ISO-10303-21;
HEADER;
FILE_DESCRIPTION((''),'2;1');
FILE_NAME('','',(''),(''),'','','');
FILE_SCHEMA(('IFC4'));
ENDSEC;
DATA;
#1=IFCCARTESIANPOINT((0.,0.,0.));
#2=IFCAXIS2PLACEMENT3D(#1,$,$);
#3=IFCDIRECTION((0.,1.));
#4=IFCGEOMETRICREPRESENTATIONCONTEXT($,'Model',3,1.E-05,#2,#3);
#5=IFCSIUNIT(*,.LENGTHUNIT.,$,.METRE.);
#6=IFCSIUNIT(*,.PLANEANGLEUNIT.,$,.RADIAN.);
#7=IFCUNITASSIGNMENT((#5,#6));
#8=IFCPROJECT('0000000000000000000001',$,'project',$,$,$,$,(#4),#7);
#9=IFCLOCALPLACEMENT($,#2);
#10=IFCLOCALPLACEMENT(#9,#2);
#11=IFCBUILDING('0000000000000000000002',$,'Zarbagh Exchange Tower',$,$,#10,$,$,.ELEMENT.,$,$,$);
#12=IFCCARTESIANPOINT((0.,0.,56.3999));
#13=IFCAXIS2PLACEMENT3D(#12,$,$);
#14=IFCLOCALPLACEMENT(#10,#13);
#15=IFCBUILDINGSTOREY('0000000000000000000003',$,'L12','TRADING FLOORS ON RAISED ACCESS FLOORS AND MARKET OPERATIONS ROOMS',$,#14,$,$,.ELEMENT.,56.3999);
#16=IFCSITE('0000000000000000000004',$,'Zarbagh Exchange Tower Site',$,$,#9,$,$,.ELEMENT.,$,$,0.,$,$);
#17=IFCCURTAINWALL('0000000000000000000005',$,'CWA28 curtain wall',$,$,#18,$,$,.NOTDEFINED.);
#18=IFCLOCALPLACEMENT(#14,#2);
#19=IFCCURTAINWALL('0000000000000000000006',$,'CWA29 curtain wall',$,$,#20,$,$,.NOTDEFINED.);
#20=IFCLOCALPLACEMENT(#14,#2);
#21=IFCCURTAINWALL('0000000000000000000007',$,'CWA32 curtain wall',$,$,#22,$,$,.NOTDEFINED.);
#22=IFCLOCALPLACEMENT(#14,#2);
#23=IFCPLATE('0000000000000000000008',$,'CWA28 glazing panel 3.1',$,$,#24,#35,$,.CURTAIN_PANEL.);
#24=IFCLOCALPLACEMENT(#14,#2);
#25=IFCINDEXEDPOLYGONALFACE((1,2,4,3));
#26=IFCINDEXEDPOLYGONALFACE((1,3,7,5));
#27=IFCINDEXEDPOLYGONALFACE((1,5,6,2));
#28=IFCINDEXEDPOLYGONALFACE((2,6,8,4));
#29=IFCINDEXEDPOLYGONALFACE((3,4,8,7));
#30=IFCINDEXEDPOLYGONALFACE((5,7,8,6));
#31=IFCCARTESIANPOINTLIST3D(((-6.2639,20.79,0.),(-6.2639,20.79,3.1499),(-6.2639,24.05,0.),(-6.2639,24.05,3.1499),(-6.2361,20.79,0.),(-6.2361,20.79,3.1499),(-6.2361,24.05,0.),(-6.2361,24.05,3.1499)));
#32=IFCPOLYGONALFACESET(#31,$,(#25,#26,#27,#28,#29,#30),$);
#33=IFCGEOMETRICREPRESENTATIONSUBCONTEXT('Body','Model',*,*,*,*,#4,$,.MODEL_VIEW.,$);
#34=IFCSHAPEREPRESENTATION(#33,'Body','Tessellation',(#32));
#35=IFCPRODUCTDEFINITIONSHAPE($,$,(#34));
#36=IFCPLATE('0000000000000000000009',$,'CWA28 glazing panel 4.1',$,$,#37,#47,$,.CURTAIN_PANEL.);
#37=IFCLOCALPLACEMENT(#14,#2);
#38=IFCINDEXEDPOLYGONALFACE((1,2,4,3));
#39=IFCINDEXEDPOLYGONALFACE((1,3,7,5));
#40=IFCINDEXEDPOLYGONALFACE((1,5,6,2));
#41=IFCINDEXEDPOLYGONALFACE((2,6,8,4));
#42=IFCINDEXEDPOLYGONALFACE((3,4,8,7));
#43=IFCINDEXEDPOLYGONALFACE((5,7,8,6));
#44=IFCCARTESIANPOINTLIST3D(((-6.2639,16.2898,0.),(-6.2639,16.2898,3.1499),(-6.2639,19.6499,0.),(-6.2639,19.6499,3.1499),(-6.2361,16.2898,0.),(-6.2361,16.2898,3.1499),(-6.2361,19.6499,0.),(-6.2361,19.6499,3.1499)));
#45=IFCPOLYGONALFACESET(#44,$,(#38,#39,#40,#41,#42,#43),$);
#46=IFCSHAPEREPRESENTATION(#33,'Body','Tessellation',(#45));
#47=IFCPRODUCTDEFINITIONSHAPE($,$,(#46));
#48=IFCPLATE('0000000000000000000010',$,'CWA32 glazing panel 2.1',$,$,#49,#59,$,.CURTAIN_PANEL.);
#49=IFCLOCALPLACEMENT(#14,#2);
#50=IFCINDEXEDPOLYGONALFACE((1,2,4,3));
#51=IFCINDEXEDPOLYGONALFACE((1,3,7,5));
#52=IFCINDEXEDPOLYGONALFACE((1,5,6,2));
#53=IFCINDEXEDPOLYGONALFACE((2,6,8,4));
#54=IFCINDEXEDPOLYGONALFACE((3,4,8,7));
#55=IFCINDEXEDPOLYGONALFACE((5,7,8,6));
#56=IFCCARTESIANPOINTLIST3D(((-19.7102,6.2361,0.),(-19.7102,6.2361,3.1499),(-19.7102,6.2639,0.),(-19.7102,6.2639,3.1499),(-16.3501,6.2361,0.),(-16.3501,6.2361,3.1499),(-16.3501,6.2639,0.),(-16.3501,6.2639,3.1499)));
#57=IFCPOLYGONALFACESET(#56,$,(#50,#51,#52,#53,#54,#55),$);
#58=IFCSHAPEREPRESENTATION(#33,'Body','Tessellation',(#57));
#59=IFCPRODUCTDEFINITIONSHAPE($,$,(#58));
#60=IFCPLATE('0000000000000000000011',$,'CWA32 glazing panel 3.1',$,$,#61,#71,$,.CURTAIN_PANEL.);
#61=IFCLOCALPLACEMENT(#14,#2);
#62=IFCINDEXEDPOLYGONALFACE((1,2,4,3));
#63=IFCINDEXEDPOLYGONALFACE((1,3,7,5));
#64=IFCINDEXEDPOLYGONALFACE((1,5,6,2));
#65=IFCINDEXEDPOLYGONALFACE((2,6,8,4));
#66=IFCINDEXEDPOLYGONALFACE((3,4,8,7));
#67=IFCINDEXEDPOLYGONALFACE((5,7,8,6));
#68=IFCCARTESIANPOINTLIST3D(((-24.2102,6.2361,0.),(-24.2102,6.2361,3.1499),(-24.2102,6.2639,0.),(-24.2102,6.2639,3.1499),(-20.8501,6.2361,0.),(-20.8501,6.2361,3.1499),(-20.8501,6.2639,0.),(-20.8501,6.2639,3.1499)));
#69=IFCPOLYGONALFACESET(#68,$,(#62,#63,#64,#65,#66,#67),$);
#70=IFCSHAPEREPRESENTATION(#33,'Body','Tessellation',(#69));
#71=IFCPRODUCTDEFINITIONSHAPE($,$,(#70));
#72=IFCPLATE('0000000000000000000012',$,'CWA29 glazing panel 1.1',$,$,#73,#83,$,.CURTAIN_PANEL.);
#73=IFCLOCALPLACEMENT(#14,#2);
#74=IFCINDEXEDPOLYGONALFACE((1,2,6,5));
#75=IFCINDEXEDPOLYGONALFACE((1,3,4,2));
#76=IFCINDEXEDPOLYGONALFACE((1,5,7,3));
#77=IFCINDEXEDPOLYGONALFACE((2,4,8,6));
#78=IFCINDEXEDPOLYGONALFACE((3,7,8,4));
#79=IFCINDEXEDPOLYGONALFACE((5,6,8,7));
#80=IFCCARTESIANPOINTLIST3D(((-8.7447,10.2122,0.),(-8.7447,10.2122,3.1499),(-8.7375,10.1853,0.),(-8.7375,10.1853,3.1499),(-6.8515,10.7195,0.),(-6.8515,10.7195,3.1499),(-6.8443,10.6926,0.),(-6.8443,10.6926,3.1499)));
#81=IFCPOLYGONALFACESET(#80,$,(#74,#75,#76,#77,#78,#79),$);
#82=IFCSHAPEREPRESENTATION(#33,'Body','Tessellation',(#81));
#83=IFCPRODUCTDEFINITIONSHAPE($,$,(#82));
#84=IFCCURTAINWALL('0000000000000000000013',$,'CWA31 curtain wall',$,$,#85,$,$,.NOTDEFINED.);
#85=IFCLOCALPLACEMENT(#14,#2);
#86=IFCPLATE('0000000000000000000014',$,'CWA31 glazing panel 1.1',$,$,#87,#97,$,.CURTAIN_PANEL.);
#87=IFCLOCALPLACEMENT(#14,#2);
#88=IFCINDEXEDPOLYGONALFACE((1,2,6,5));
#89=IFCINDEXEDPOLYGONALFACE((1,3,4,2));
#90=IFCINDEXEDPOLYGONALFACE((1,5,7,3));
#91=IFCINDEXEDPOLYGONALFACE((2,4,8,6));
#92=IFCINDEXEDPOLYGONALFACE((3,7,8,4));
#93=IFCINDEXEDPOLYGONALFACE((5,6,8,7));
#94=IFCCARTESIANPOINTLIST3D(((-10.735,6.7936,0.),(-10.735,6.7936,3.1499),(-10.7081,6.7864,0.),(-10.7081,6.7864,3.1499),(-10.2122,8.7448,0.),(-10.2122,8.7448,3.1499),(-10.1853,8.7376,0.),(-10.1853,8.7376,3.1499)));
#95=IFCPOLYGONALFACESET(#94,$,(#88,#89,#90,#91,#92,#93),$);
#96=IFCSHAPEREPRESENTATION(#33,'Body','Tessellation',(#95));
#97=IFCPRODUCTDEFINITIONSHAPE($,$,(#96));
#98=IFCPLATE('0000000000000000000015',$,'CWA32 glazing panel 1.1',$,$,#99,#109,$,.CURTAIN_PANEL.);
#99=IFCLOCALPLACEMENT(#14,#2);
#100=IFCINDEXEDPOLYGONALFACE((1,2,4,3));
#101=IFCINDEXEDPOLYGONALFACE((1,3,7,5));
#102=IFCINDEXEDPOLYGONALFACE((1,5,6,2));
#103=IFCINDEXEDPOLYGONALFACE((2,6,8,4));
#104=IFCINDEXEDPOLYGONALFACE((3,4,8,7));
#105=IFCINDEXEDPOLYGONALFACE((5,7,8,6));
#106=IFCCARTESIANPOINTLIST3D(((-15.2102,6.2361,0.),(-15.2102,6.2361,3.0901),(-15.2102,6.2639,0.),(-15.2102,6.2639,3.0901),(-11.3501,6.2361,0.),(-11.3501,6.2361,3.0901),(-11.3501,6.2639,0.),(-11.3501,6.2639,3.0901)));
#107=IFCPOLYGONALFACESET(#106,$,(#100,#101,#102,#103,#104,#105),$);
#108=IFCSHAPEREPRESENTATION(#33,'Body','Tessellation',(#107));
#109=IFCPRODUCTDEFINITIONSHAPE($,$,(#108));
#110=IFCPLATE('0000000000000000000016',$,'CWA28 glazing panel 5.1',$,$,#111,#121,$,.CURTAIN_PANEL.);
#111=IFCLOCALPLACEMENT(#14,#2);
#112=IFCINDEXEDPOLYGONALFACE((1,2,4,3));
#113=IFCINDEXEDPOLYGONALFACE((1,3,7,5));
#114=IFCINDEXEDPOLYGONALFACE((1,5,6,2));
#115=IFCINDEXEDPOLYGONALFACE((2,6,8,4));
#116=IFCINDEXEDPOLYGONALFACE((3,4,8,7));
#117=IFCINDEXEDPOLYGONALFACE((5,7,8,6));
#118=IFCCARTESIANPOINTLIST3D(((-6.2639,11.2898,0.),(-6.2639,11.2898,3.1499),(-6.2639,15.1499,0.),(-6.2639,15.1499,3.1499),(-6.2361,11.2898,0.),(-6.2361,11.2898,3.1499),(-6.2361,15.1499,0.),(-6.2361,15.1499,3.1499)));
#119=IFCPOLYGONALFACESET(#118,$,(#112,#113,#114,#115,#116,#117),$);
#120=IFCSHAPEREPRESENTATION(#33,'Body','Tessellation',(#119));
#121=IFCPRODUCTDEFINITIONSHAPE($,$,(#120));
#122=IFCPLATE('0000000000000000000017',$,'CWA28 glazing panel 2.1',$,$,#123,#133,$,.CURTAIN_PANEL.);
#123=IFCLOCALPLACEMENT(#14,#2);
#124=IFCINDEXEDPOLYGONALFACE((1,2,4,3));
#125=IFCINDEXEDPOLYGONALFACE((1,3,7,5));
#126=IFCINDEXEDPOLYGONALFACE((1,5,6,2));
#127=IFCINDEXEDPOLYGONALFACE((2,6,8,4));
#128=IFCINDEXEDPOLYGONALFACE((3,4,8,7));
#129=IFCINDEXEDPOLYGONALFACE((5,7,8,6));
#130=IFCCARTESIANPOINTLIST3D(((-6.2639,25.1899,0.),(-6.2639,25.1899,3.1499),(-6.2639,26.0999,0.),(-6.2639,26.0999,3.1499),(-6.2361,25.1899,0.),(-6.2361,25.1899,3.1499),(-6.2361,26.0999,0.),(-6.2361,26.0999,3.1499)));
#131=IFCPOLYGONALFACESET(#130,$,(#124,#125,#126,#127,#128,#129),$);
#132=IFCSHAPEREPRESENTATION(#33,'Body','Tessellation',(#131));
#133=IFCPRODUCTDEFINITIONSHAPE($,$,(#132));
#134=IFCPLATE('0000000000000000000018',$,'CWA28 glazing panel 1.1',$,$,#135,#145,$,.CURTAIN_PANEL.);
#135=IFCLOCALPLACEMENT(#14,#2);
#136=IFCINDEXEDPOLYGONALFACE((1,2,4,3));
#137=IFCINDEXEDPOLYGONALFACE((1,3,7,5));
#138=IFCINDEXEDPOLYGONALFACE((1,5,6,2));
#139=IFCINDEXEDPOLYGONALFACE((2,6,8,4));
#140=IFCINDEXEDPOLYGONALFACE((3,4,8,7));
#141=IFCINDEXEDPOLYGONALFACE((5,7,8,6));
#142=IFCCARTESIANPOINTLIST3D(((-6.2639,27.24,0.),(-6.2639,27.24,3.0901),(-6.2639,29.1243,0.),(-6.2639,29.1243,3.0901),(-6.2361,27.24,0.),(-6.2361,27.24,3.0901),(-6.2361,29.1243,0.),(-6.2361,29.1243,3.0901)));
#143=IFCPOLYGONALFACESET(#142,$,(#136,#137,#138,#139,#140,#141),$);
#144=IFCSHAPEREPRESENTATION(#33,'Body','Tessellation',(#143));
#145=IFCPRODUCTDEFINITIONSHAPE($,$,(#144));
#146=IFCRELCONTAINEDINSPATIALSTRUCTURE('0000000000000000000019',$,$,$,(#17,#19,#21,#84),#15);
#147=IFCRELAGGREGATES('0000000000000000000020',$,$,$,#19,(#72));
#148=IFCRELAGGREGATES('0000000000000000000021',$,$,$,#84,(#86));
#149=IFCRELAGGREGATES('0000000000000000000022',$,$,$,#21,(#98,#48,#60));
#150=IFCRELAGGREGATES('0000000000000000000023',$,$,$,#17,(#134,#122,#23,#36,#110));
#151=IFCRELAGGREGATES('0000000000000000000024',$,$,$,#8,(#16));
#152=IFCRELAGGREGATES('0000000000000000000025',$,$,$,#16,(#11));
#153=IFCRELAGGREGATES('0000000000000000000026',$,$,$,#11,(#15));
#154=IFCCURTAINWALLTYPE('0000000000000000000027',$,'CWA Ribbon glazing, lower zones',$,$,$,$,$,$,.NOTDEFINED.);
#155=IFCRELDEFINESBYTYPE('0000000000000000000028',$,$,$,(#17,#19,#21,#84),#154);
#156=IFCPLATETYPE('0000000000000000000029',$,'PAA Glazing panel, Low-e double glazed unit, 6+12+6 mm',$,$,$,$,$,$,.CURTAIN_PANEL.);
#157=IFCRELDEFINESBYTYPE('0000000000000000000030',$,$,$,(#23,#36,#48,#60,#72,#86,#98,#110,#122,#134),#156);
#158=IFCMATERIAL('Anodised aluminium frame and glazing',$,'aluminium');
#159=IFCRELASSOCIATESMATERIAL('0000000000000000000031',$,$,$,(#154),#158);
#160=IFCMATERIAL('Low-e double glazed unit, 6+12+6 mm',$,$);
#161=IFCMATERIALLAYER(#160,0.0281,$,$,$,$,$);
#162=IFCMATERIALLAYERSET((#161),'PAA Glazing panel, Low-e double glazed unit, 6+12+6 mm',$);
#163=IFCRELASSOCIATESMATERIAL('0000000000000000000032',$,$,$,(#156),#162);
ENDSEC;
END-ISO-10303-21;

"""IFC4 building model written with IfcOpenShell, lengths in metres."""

from ifc_helpers import new_model, si_unit, direction, frame, origin, place, context, subcontext, project, spatial, polyline, outline, extrude, source, transform, mapped, material, layer, layer_set, type_object, element, aggregate, save


model = new_model("IFC4")

# Units and contexts
model_context = context("Model", 3, precision=1e-05, world=origin(), true_north=direction((0.0, 1.0)))
body_context = subcontext(model_context, "Body", "Model", "MODEL_VIEW")
ifc_project = project(units=[si_unit("LENGTHUNIT", "METRE"), si_unit("PLANEANGLEUNIT", "RADIAN")], contexts=[model_context])

# Site, building, storey
site_placement = place(None, origin())
site = spatial("IfcSite", under=ifc_project, at=site_placement, Name="Zarbagh Exchange Tower Site", CompositionType="ELEMENT", RefElevation=0.0)
building_placement = place(site_placement, origin())
building = spatial("IfcBuilding", under=site, at=building_placement, Name="Zarbagh Exchange Tower", CompositionType="ELEMENT")
storey_placement = place(building_placement, frame((0.0, 0.0, 56.3999)))
storey = spatial("IfcBuildingStorey", under=building, at=storey_placement, Name="L12", Description="TRADING FLOORS ON RAISED ACCESS FLOORS AND MARKET OPERATIONS ROOMS", CompositionType="ELEMENT", Elevation=56.3999)

# Curtain wall
ifc_material_1 = material(Name="Anodised aluminium frame and glazing", Category="aluminium")
curtain_wall_type = type_object("IfcCurtainWallType", Name="CWA Ribbon glazing, lower zones", PredefinedType="NOTDEFINED", material=ifc_material_1)
curtain_wall_1_placement = place(storey_placement, origin())
curtain_wall_1 = element("IfcCurtainWall", 1, at=curtain_wall_1_placement, inside=storey, type_object=curtain_wall_type, Name="CWA28 curtain wall", PredefinedType="NOTDEFINED")
placement = place(storey_placement, origin())

# Curtain wall
curtain_wall_2_placement = place(storey_placement, origin())
curtain_wall_2 = element("IfcCurtainWall", 2, at=curtain_wall_2_placement, inside=storey, type_object=curtain_wall_type, Name="CWA29 curtain wall", PredefinedType="NOTDEFINED")

# Curtain wall
curtain_wall_3_placement = place(storey_placement, origin())
curtain_wall_3 = element("IfcCurtainWall", 3, at=curtain_wall_3_placement, inside=storey, type_object=curtain_wall_type, Name="CWA32 curtain wall", PredefinedType="NOTDEFINED")

# Shared definitions
ifc_material_2 = material(Name="Low-e double glazed unit, 6+12+6 mm")
ifc_layer = layer(ifc_material_2, 0.0281)
ifc_layer_set = layer_set([ifc_layer], Name="PAA Glazing panel, Low-e double glazed unit, 6+12+6 mm")
plate_type = type_object("IfcPlateType", Name="PAA Glazing panel, Low-e double glazed unit, 6+12+6 mm", PredefinedType="CURTAIN_PANEL", material=ifc_layer_set)

# Plates
shared_shape_1 = source(origin(), body_context, "Body", "SweptSolid", [
    extrude(outline(polyline([(0.0, -0.0139), (3.26, -0.0139), (3.26, 0.0139), (0.0, 0.0139), (0.0, -0.0139)])), origin(), (0.0, 0.0, 1.0), 3.1499),
])
plate_1 = element("IfcPlate", 4, at=placement, type_object=plate_type, Name="CWA28 glazing panel 3.1", PredefinedType="CURTAIN_PANEL", context=body_context, shape_type="MappedRepresentation", body=[
    mapped(shared_shape_1, transform((-6.25, 24.05, 0.0), x_axis=(0.0, -1.0, 0.0), y_axis=(1.0, 0.0, 0.0), z_axis=(0.0, 0.0, 1.0))),
])
shared_shape_2 = source(origin(), body_context, "Body", "SweptSolid", [
    extrude(outline(polyline([(0.0, -0.0139), (3.3601, -0.0139), (3.3601, 0.0139), (0.0, 0.0139), (0.0, -0.0139)])), origin(), (0.0, 0.0, 1.0), 3.1499),
])
plate_2 = element("IfcPlate", 5, at=placement, type_object=plate_type, Name="CWA28 glazing panel 4.1", PredefinedType="CURTAIN_PANEL", context=body_context, shape_type="MappedRepresentation", body=[
    mapped(shared_shape_2, transform((-6.25, 19.6499, 0.0), x_axis=(0.0, -1.0, 0.0), y_axis=(1.0, 0.0, 0.0), z_axis=(0.0, 0.0, 1.0))),
])
plate_3 = element("IfcPlate", 6, at=placement, type_object=plate_type, Name="CWA32 glazing panel 2.1", PredefinedType="CURTAIN_PANEL", context=body_context, shape_type="MappedRepresentation", body=[
    mapped(shared_shape_2, transform((-16.3501, 6.25, 0.0), x_axis=(-1.0, 0.0, 0.0), y_axis=(0.0, -1.0, 0.0), z_axis=(0.0, 0.0, 1.0))),
])
plate_4 = element("IfcPlate", 7, at=placement, type_object=plate_type, Name="CWA32 glazing panel 3.1", PredefinedType="CURTAIN_PANEL", context=body_context, shape_type="MappedRepresentation", body=[
    mapped(shared_shape_2, transform((-20.8501, 6.25, 0.0), x_axis=(-1.0, 0.0, 0.0), y_axis=(0.0, -1.0, 0.0), z_axis=(0.0, 0.0, 1.0))),
])
shared_shape_3 = source(origin(), body_context, "Body", "SweptSolid", [
    extrude(outline(polyline([(0.0, -0.0139), (1.96, -0.0139), (1.96, 0.0139), (0.0, 0.0139), (0.0, -0.0139)])), origin(), (0.0, 0.0, 1.0), 3.1499),
])
plate_5 = element("IfcPlate", 8, at=placement, type_object=plate_type, Name="CWA29 glazing panel 1.1", PredefinedType="CURTAIN_PANEL", context=body_context, shape_type="MappedRepresentation", body=[
    mapped(shared_shape_3, transform((-6.8479, 10.7061, 0.0), x_axis=(-0.965924, -0.258825, 0.0), y_axis=(0.258825, -0.965924, 0.0), z_axis=(0.0, 0.0, 1.0))),
])
aggregate(curtain_wall_2, [plate_5])

# Curtain wall, plate
curtain_wall_4_placement = place(storey_placement, origin())
curtain_wall_4 = element("IfcCurtainWall", 9, at=curtain_wall_4_placement, inside=storey, type_object=curtain_wall_type, Name="CWA31 curtain wall", PredefinedType="NOTDEFINED")
shared_shape_4 = source(origin(), body_context, "Body", "SweptSolid", [
    extrude(outline(polyline([(0.0, -0.0139), (2.02, -0.0139), (2.02, 0.0139), (0.0, 0.0139), (0.0, -0.0139)])), origin(), (0.0, 0.0, 1.0), 3.1499),
])
plate_6 = element("IfcPlate", 10, at=placement, type_object=plate_type, Name="CWA31 glazing panel 1.1", PredefinedType="CURTAIN_PANEL", context=body_context, shape_type="MappedRepresentation", body=[
    mapped(shared_shape_4, transform((-10.1987, 8.7412, 0.0), x_axis=(-0.258825, -0.965924, 0.0), y_axis=(0.965924, -0.258825, 0.0), z_axis=(0.0, 0.0, 1.0))),
])
aggregate(curtain_wall_4, [plate_6])

# Plates
shared_shape_5 = source(origin(), body_context, "Body", "SweptSolid", [
    extrude(outline(polyline([(0.0, -0.0139), (3.8601, -0.0139), (3.8601, 0.0139), (0.0, 0.0139), (0.0, -0.0139)])), origin(), (0.0, 0.0, 1.0), 3.0901),
])
plate_7 = element("IfcPlate", 11, at=placement, type_object=plate_type, Name="CWA32 glazing panel 1.1", PredefinedType="CURTAIN_PANEL", context=body_context, shape_type="MappedRepresentation", body=[
    mapped(shared_shape_5, transform((-11.3501, 6.25, 0.0), x_axis=(-1.0, 0.0, 0.0), y_axis=(0.0, -1.0, 0.0), z_axis=(0.0, 0.0, 1.0))),
])
aggregate(curtain_wall_3, [plate_7, plate_3, plate_4])
shared_shape_6 = source(origin(), body_context, "Body", "SweptSolid", [
    extrude(outline(polyline([(0.0, -0.0139), (3.8601, -0.0139), (3.8601, 0.0139), (0.0, 0.0139), (0.0, -0.0139)])), origin(), (0.0, 0.0, 1.0), 3.1499),
])
plate_8 = element("IfcPlate", 12, at=placement, type_object=plate_type, Name="CWA28 glazing panel 5.1", PredefinedType="CURTAIN_PANEL", context=body_context, shape_type="MappedRepresentation", body=[
    mapped(shared_shape_6, transform((-6.25, 15.1499, 0.0), x_axis=(0.0, -1.0, 0.0), y_axis=(1.0, 0.0, 0.0), z_axis=(0.0, 0.0, 1.0))),
])
shared_shape_7 = source(origin(), body_context, "Body", "SweptSolid", [
    extrude(outline(polyline([(0.0, -0.0139), (0.9099, -0.0139), (0.9099, 0.0139), (0.0, 0.0139), (0.0, -0.0139)])), origin(), (0.0, 0.0, 1.0), 3.1499),
])
plate_9 = element("IfcPlate", 13, at=placement, type_object=plate_type, Name="CWA28 glazing panel 2.1", PredefinedType="CURTAIN_PANEL", context=body_context, shape_type="MappedRepresentation", body=[
    mapped(shared_shape_7, transform((-6.25, 26.0999, 0.0), x_axis=(0.0, -1.0, 0.0), y_axis=(1.0, 0.0, 0.0), z_axis=(0.0, 0.0, 1.0))),
])
shared_shape_8 = source(origin(), body_context, "Body", "SweptSolid", [
    extrude(outline(polyline([(0.0, -0.0139), (1.8843, -0.0139), (1.8843, 0.0139), (0.0, 0.0139), (0.0, -0.0139)])), origin(), (0.0, 0.0, 1.0), 3.0901),
])
plate_10 = element("IfcPlate", 14, at=placement, type_object=plate_type, Name="CWA28 glazing panel 1.1", PredefinedType="CURTAIN_PANEL", context=body_context, shape_type="MappedRepresentation", body=[
    mapped(shared_shape_8, transform((-6.25, 29.1243, 0.0), x_axis=(0.0, -1.0, 0.0), y_axis=(1.0, 0.0, 0.0), z_axis=(0.0, 0.0, 1.0))),
])
aggregate(curtain_wall_1, [plate_10, plate_9, plate_1, plate_2, plate_8])

save(model, "model.ifc")
